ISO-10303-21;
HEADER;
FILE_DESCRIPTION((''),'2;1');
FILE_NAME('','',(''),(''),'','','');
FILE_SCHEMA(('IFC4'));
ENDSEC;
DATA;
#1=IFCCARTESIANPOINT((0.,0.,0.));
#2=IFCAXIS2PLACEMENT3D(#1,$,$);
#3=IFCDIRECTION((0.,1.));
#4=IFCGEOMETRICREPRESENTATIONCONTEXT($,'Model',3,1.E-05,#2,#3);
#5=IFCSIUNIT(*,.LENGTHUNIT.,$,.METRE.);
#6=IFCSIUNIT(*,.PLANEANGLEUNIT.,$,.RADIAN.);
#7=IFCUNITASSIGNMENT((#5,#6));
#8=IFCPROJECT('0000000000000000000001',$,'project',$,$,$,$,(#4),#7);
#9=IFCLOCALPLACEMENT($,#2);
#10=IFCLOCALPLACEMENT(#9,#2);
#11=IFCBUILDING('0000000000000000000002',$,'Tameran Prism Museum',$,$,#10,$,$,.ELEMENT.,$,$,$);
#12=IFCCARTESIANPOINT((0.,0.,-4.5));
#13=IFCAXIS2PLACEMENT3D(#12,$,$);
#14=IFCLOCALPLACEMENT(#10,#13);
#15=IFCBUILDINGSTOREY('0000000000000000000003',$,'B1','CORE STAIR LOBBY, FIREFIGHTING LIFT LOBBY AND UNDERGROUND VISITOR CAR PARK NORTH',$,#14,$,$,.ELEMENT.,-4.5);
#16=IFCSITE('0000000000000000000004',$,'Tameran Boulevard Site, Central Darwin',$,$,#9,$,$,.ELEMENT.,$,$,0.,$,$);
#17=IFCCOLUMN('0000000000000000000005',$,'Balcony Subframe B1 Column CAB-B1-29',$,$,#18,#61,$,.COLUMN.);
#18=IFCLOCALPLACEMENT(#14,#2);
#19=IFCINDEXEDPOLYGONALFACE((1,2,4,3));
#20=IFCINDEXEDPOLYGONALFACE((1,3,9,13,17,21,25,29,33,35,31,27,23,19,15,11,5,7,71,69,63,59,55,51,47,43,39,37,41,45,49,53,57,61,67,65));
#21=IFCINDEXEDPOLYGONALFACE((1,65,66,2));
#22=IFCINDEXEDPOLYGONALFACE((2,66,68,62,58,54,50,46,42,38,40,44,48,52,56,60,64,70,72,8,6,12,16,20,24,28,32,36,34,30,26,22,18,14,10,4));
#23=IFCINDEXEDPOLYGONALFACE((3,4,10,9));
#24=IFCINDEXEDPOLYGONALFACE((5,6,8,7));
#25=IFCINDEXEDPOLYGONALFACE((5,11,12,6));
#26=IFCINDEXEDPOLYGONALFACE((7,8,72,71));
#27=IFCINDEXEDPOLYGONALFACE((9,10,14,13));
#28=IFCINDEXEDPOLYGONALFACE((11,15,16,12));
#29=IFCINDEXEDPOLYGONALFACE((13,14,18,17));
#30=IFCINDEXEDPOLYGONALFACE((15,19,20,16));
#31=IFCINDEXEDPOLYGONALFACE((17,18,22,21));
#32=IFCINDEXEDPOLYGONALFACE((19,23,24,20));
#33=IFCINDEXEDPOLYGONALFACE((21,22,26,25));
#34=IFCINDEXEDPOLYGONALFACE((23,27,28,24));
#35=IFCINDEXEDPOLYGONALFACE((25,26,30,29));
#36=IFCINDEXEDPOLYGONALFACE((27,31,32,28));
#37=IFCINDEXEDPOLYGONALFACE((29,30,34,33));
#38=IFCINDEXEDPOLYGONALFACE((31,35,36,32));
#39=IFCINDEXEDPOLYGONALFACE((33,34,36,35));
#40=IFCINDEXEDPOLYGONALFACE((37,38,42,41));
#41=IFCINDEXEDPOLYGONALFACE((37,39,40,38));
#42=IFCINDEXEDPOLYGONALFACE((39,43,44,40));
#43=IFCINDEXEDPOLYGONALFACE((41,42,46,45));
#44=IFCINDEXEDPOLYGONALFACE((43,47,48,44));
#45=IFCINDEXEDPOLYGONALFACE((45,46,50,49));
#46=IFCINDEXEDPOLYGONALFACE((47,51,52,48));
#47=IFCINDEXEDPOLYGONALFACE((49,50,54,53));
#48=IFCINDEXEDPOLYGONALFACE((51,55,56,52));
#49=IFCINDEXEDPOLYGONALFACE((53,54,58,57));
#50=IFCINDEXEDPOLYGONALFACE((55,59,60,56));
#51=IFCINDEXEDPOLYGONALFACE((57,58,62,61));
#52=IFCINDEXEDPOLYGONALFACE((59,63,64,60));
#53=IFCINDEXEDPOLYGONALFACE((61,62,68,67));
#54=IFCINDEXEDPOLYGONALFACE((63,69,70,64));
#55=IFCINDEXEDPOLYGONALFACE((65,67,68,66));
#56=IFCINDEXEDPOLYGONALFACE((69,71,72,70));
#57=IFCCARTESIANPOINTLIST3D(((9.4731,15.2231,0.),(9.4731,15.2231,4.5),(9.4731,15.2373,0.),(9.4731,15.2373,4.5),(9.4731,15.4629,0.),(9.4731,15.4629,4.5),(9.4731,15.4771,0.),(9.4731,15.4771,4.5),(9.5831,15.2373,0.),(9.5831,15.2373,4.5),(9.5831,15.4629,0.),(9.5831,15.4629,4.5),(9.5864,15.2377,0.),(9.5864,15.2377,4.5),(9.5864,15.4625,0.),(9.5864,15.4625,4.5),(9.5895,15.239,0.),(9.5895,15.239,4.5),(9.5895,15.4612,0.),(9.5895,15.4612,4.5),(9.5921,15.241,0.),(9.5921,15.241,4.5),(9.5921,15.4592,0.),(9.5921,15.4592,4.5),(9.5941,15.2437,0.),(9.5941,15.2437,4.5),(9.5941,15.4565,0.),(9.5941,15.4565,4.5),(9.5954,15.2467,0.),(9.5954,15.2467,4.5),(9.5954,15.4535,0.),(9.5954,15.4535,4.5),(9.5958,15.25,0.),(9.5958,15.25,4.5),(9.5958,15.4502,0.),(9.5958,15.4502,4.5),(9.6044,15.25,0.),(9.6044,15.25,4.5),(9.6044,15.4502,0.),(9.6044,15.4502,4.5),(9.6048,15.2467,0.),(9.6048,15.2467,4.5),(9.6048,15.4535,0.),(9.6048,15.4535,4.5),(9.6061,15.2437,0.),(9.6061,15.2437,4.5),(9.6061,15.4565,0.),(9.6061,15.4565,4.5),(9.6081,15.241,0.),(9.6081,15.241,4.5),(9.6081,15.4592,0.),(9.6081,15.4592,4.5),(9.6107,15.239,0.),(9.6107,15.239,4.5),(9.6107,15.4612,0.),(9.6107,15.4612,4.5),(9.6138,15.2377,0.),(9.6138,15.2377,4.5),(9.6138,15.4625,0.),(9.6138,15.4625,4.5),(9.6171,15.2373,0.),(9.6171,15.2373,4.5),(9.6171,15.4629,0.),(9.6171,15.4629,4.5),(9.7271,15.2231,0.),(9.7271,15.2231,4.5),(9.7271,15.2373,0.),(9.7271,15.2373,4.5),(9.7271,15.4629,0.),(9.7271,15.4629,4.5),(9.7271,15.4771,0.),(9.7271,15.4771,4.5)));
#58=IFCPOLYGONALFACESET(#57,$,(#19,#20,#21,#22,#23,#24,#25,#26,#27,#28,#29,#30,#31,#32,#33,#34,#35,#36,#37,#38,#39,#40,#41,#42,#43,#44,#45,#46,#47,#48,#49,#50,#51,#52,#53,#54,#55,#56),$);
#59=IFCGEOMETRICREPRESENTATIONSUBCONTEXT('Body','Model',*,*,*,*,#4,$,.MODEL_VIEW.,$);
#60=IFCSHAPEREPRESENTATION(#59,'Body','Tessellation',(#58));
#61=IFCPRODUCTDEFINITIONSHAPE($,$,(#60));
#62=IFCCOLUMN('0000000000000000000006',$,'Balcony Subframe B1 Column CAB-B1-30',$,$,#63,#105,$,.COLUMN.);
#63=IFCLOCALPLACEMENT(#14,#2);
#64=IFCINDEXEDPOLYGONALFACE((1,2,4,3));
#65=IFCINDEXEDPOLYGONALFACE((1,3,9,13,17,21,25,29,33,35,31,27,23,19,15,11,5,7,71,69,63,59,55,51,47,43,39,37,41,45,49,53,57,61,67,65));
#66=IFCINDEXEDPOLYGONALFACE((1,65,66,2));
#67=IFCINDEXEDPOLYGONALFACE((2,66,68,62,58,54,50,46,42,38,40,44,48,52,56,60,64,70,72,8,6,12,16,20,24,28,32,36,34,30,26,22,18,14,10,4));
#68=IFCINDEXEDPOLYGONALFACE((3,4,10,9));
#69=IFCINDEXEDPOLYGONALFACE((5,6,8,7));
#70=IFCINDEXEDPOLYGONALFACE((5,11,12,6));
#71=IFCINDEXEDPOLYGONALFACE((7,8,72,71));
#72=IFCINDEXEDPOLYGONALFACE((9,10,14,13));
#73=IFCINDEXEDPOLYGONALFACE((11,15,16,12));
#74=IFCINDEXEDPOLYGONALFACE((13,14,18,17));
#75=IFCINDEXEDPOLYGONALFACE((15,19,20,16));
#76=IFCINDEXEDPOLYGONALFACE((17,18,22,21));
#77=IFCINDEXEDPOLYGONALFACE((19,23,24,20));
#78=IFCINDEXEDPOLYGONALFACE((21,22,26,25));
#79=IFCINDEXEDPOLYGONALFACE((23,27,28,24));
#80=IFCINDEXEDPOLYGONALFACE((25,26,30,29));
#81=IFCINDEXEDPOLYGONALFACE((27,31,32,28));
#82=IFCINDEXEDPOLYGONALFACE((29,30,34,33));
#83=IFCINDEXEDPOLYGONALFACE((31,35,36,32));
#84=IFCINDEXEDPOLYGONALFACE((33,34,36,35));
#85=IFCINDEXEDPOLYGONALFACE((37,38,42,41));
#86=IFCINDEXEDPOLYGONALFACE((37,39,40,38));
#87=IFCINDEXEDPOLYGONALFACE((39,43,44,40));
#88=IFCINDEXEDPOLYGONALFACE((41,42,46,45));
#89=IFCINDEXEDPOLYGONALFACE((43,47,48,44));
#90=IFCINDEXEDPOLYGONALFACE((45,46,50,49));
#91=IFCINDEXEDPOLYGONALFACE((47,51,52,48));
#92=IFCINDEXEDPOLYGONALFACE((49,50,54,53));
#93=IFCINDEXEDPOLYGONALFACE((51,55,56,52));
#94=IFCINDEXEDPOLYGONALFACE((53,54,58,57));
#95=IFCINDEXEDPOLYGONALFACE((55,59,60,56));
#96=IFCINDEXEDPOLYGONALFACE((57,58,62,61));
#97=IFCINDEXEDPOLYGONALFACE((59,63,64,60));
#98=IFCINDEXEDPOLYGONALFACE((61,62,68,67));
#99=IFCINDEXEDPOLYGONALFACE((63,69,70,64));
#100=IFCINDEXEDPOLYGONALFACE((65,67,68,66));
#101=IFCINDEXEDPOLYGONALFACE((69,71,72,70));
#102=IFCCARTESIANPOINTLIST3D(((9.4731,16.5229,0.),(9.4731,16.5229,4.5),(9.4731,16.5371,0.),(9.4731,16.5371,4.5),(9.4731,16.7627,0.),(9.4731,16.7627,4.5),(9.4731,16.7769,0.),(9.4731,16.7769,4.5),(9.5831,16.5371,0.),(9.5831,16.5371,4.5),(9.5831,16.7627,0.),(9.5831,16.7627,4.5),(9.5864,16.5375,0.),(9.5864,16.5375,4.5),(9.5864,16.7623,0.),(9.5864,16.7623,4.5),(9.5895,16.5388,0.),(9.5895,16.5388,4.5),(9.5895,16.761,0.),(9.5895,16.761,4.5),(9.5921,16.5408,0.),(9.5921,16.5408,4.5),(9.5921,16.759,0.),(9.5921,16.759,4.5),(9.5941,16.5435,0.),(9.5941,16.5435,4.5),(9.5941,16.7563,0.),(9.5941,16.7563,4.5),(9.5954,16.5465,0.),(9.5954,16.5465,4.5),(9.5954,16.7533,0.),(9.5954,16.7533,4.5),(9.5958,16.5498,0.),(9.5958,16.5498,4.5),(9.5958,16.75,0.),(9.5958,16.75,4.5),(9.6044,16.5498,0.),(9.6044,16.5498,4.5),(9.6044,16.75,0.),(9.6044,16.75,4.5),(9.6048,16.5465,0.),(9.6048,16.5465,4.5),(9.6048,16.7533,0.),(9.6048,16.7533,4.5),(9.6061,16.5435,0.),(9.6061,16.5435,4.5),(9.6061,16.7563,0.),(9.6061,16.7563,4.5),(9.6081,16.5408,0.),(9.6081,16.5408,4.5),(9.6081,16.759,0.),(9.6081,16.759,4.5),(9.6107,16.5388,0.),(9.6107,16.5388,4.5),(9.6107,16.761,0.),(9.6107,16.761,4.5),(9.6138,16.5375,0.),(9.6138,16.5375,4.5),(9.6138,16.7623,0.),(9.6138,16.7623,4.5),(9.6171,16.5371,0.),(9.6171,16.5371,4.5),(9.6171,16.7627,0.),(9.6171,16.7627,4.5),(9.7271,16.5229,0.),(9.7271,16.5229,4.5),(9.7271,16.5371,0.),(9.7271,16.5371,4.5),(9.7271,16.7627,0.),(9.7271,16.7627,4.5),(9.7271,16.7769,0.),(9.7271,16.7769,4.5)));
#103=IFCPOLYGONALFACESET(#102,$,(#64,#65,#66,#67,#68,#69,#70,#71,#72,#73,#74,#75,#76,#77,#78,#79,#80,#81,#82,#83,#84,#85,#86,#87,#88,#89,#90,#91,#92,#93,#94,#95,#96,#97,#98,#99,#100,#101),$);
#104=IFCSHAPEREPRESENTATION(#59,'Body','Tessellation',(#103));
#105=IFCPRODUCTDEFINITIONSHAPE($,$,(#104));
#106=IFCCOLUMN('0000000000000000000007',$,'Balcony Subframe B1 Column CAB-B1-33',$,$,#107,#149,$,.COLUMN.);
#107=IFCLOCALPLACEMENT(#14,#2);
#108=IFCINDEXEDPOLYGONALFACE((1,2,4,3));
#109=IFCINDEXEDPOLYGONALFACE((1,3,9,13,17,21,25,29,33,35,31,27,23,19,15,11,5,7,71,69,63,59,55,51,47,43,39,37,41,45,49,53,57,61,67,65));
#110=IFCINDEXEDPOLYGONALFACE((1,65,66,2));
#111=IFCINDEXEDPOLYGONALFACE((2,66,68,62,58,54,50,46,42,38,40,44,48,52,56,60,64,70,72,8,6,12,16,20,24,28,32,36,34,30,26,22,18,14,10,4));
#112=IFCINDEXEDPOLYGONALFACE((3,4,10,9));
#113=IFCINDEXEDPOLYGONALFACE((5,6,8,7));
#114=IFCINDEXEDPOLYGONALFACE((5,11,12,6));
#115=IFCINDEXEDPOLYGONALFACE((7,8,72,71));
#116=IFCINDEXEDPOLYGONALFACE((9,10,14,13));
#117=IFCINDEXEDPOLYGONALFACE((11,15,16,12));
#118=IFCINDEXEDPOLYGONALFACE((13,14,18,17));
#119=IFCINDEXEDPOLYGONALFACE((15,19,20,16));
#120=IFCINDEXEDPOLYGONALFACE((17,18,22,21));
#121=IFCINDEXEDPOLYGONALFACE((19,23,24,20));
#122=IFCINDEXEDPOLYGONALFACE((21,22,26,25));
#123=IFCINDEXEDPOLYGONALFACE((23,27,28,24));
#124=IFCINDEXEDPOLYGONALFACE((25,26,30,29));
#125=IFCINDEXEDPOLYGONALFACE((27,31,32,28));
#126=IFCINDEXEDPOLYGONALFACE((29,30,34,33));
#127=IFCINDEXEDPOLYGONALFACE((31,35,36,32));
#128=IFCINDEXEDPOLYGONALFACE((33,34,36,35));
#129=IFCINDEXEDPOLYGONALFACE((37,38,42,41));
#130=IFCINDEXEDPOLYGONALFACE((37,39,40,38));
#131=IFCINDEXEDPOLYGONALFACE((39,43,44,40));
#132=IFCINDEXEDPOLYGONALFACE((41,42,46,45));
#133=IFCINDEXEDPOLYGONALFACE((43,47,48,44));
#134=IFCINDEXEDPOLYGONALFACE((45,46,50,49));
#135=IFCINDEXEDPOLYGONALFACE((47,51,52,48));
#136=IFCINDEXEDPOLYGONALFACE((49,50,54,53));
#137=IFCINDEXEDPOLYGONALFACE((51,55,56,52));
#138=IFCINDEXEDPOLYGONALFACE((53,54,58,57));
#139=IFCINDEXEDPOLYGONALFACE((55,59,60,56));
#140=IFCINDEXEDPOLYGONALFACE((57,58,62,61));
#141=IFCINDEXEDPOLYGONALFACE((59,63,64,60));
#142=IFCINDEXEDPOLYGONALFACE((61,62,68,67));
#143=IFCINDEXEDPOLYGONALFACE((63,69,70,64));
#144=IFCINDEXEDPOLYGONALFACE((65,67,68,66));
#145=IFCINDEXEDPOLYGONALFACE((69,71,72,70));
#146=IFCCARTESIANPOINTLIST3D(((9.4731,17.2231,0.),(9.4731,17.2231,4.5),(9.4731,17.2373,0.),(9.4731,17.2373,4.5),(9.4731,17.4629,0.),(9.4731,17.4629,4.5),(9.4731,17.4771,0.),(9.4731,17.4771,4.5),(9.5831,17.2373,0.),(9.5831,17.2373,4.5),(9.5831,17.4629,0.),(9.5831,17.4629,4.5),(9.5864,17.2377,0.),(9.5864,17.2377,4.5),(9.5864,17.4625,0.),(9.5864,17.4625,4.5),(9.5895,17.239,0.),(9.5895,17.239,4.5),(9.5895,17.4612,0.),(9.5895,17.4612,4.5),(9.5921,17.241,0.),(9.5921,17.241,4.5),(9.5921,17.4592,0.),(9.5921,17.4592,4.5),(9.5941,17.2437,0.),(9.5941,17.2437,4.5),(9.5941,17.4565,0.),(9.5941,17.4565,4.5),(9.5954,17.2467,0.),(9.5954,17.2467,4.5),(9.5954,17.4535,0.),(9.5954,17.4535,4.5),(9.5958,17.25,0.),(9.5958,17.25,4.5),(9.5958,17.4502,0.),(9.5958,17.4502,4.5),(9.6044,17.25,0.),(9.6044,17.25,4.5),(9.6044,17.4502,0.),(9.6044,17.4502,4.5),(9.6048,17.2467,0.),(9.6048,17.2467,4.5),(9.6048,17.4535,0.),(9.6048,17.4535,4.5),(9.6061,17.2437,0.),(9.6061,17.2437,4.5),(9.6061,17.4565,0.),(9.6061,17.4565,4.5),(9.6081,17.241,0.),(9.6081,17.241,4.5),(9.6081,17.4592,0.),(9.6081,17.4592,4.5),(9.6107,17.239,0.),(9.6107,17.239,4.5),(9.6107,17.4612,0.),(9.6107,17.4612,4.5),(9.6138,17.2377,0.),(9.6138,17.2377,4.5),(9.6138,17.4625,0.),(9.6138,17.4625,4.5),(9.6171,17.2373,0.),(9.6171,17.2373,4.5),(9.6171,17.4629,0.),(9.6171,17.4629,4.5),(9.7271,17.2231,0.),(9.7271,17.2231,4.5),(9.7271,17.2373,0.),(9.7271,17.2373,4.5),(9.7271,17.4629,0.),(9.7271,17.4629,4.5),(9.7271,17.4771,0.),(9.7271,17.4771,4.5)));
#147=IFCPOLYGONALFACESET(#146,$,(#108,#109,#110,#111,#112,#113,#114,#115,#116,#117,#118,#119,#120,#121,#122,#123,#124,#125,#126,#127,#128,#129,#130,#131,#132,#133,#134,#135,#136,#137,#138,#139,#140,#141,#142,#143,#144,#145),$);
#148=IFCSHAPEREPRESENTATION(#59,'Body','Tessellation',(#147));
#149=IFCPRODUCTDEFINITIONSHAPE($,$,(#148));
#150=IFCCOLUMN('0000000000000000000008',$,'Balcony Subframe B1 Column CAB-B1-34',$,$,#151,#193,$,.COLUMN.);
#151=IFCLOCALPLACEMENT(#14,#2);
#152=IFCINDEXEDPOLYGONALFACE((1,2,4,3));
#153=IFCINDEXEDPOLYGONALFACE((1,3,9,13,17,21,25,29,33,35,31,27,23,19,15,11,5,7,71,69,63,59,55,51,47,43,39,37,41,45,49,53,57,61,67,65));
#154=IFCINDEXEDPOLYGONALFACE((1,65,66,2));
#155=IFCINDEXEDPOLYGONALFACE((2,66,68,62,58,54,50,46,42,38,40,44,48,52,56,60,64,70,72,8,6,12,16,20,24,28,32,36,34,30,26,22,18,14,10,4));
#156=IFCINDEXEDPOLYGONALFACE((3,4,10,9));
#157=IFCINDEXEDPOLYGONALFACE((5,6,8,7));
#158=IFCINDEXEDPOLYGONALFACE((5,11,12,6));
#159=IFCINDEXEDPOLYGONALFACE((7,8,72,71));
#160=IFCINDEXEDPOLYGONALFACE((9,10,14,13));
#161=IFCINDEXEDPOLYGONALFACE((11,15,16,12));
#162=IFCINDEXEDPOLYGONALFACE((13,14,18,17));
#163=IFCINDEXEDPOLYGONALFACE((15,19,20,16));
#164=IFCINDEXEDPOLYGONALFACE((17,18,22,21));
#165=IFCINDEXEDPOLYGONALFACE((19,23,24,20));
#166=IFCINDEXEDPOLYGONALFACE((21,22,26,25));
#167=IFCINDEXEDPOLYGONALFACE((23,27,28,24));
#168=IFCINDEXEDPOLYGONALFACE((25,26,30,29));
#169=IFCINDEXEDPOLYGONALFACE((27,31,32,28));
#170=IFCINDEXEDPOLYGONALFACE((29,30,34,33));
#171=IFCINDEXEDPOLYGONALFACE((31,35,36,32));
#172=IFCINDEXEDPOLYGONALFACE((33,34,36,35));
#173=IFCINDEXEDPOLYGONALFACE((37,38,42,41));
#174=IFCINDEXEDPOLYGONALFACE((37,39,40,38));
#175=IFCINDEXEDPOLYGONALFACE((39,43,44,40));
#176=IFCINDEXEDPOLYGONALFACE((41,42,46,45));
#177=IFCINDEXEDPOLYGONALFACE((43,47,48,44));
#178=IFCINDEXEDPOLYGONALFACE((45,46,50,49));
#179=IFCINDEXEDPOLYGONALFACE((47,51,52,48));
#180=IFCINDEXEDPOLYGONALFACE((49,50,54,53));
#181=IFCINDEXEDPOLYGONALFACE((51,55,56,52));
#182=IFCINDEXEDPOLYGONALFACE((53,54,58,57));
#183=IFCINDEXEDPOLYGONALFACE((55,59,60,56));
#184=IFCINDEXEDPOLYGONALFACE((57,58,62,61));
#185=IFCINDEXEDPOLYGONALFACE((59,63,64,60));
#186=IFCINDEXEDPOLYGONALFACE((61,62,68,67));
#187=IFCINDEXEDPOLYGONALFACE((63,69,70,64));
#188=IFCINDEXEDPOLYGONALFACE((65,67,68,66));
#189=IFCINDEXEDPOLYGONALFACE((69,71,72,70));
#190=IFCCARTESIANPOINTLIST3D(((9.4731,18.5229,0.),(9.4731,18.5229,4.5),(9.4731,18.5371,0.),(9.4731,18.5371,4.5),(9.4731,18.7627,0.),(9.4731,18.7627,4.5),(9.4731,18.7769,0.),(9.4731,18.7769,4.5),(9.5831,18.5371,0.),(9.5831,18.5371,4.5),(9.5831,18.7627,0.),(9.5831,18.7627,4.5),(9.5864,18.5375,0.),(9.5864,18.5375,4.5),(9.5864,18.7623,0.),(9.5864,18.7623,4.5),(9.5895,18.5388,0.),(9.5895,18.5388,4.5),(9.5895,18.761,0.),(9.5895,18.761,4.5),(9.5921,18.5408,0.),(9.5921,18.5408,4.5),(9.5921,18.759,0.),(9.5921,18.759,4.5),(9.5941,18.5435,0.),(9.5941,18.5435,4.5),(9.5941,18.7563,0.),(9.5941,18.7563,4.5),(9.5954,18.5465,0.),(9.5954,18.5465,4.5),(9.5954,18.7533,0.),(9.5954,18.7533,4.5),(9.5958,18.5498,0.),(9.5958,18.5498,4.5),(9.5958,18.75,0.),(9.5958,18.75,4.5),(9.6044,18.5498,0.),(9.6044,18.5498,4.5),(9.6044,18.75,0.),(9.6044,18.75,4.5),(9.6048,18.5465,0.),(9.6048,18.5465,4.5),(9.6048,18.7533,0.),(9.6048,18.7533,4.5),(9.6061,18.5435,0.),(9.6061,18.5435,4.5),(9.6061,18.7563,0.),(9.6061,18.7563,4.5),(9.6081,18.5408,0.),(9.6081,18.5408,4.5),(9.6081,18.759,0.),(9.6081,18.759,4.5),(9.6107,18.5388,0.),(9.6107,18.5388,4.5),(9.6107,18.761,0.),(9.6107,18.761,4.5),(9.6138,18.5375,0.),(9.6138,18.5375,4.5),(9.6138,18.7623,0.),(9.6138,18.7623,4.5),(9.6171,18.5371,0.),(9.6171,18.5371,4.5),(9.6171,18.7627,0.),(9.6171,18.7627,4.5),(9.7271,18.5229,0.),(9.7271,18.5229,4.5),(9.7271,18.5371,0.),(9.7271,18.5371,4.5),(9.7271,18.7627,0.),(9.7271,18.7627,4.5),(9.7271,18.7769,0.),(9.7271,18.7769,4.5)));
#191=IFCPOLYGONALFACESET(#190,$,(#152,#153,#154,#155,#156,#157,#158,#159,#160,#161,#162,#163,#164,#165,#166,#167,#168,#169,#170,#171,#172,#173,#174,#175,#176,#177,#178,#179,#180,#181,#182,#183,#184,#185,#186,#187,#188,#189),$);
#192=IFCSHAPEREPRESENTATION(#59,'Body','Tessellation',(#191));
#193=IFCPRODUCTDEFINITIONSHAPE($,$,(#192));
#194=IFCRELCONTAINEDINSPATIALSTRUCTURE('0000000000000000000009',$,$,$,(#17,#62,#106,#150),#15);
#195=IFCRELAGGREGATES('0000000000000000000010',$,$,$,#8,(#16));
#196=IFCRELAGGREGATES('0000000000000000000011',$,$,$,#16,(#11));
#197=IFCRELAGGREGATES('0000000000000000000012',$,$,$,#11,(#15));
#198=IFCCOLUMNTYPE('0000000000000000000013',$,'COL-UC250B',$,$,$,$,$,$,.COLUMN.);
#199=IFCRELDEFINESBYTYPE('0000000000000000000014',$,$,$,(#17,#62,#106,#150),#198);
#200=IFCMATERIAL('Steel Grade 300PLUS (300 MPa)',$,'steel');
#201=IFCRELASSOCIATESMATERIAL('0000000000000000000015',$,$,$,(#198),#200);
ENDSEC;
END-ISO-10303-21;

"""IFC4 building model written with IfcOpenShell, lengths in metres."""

from ifc_helpers import new_model, si_unit, direction, frame, origin, origin_2d, place, context, subcontext, project, spatial, i_section, extrude, material, material_profile, profile_set, type_object, element, save


model = new_model("IFC4")

# Units and contexts
model_context = context("Model", 3, precision=1e-05, world=origin(), true_north=direction((0.0, 1.0)))
body_context = subcontext(model_context, "Body", "Model", "MODEL_VIEW")
ifc_project = project(units=[si_unit("LENGTHUNIT", "METRE"), si_unit("PLANEANGLEUNIT", "RADIAN")], contexts=[model_context])

# Site, building, storey
site_placement = place(None, origin())
site = spatial("IfcSite", under=ifc_project, at=site_placement, Name="Tameran Boulevard Site, Central Darwin", CompositionType="ELEMENT", RefElevation=0.0)
building_placement = place(site_placement, origin())
building = spatial("IfcBuilding", under=site, at=building_placement, Name="Tameran Prism Museum", CompositionType="ELEMENT")
storey_placement = place(building_placement, frame((0.0, 0.0, -4.5)))
storey = spatial("IfcBuildingStorey", under=building, at=storey_placement, Name="B1", Description="CORE STAIR LOBBY, FIREFIGHTING LIFT LOBBY AND UNDERGROUND VISITOR CAR PARK NORTH", CompositionType="ELEMENT", Elevation=-4.5)

# Columns
ifc_material_1 = material(Name="Steel Grade 300PLUS (300 MPa)", Category="steel")
ifc_material_profile_1 = material_profile(ifc_material_1, i_section(OverallWidth=0.2539, OverallDepth=0.2539, WebThickness=0.0085, FlangeThickness=0.0142, FilletRadius=0.0127, at=origin_2d()))
ifc_profile_set_1 = profile_set([ifc_material_profile_1])
column_type_1 = type_object("IfcColumnType", Name="COL-UC250B", PredefinedType="COLUMN", material=ifc_profile_set_1)
for number, where, z_axis, x_axis, name in (
    (1, (9.6001, 15.3501, 0.0), (0.0, 0.0, 1.0), (1.0, 0.0, 0.0), "Balcony Subframe B1 Column CAB-B1-29"),
    (2, (9.6001, 16.6499, 0.0), (0.0, 0.0, 1.0), (1.0, 0.0, 0.0), "Balcony Subframe B1 Column CAB-B1-30"),
    (3, (9.6001, 17.3501, 0.0), (0.0, 0.0, 1.0), (1.0, 0.0, 0.0), "Balcony Subframe B1 Column CAB-B1-33"),
    (4, (9.6001, 18.6499, 0.0), (0.0, 0.0, 1.0), (1.0, 0.0, 0.0), "Balcony Subframe B1 Column CAB-B1-34"),
):
    element("IfcColumn", number, at=place(storey_placement, frame(where, z_axis=z_axis, x_axis=x_axis)), inside=storey, type_object=column_type_1, Name=name, PredefinedType="COLUMN", context=body_context, shape_type="SweptSolid", body=[
        extrude(i_section(OverallWidth=0.2539, OverallDepth=0.2539, WebThickness=0.0085, FlangeThickness=0.0142, FilletRadius=0.0127, at=origin_2d()), origin(), (0.0, 0.0, 1.0), 4.5),
    ])

save(model, "model.ifc")
